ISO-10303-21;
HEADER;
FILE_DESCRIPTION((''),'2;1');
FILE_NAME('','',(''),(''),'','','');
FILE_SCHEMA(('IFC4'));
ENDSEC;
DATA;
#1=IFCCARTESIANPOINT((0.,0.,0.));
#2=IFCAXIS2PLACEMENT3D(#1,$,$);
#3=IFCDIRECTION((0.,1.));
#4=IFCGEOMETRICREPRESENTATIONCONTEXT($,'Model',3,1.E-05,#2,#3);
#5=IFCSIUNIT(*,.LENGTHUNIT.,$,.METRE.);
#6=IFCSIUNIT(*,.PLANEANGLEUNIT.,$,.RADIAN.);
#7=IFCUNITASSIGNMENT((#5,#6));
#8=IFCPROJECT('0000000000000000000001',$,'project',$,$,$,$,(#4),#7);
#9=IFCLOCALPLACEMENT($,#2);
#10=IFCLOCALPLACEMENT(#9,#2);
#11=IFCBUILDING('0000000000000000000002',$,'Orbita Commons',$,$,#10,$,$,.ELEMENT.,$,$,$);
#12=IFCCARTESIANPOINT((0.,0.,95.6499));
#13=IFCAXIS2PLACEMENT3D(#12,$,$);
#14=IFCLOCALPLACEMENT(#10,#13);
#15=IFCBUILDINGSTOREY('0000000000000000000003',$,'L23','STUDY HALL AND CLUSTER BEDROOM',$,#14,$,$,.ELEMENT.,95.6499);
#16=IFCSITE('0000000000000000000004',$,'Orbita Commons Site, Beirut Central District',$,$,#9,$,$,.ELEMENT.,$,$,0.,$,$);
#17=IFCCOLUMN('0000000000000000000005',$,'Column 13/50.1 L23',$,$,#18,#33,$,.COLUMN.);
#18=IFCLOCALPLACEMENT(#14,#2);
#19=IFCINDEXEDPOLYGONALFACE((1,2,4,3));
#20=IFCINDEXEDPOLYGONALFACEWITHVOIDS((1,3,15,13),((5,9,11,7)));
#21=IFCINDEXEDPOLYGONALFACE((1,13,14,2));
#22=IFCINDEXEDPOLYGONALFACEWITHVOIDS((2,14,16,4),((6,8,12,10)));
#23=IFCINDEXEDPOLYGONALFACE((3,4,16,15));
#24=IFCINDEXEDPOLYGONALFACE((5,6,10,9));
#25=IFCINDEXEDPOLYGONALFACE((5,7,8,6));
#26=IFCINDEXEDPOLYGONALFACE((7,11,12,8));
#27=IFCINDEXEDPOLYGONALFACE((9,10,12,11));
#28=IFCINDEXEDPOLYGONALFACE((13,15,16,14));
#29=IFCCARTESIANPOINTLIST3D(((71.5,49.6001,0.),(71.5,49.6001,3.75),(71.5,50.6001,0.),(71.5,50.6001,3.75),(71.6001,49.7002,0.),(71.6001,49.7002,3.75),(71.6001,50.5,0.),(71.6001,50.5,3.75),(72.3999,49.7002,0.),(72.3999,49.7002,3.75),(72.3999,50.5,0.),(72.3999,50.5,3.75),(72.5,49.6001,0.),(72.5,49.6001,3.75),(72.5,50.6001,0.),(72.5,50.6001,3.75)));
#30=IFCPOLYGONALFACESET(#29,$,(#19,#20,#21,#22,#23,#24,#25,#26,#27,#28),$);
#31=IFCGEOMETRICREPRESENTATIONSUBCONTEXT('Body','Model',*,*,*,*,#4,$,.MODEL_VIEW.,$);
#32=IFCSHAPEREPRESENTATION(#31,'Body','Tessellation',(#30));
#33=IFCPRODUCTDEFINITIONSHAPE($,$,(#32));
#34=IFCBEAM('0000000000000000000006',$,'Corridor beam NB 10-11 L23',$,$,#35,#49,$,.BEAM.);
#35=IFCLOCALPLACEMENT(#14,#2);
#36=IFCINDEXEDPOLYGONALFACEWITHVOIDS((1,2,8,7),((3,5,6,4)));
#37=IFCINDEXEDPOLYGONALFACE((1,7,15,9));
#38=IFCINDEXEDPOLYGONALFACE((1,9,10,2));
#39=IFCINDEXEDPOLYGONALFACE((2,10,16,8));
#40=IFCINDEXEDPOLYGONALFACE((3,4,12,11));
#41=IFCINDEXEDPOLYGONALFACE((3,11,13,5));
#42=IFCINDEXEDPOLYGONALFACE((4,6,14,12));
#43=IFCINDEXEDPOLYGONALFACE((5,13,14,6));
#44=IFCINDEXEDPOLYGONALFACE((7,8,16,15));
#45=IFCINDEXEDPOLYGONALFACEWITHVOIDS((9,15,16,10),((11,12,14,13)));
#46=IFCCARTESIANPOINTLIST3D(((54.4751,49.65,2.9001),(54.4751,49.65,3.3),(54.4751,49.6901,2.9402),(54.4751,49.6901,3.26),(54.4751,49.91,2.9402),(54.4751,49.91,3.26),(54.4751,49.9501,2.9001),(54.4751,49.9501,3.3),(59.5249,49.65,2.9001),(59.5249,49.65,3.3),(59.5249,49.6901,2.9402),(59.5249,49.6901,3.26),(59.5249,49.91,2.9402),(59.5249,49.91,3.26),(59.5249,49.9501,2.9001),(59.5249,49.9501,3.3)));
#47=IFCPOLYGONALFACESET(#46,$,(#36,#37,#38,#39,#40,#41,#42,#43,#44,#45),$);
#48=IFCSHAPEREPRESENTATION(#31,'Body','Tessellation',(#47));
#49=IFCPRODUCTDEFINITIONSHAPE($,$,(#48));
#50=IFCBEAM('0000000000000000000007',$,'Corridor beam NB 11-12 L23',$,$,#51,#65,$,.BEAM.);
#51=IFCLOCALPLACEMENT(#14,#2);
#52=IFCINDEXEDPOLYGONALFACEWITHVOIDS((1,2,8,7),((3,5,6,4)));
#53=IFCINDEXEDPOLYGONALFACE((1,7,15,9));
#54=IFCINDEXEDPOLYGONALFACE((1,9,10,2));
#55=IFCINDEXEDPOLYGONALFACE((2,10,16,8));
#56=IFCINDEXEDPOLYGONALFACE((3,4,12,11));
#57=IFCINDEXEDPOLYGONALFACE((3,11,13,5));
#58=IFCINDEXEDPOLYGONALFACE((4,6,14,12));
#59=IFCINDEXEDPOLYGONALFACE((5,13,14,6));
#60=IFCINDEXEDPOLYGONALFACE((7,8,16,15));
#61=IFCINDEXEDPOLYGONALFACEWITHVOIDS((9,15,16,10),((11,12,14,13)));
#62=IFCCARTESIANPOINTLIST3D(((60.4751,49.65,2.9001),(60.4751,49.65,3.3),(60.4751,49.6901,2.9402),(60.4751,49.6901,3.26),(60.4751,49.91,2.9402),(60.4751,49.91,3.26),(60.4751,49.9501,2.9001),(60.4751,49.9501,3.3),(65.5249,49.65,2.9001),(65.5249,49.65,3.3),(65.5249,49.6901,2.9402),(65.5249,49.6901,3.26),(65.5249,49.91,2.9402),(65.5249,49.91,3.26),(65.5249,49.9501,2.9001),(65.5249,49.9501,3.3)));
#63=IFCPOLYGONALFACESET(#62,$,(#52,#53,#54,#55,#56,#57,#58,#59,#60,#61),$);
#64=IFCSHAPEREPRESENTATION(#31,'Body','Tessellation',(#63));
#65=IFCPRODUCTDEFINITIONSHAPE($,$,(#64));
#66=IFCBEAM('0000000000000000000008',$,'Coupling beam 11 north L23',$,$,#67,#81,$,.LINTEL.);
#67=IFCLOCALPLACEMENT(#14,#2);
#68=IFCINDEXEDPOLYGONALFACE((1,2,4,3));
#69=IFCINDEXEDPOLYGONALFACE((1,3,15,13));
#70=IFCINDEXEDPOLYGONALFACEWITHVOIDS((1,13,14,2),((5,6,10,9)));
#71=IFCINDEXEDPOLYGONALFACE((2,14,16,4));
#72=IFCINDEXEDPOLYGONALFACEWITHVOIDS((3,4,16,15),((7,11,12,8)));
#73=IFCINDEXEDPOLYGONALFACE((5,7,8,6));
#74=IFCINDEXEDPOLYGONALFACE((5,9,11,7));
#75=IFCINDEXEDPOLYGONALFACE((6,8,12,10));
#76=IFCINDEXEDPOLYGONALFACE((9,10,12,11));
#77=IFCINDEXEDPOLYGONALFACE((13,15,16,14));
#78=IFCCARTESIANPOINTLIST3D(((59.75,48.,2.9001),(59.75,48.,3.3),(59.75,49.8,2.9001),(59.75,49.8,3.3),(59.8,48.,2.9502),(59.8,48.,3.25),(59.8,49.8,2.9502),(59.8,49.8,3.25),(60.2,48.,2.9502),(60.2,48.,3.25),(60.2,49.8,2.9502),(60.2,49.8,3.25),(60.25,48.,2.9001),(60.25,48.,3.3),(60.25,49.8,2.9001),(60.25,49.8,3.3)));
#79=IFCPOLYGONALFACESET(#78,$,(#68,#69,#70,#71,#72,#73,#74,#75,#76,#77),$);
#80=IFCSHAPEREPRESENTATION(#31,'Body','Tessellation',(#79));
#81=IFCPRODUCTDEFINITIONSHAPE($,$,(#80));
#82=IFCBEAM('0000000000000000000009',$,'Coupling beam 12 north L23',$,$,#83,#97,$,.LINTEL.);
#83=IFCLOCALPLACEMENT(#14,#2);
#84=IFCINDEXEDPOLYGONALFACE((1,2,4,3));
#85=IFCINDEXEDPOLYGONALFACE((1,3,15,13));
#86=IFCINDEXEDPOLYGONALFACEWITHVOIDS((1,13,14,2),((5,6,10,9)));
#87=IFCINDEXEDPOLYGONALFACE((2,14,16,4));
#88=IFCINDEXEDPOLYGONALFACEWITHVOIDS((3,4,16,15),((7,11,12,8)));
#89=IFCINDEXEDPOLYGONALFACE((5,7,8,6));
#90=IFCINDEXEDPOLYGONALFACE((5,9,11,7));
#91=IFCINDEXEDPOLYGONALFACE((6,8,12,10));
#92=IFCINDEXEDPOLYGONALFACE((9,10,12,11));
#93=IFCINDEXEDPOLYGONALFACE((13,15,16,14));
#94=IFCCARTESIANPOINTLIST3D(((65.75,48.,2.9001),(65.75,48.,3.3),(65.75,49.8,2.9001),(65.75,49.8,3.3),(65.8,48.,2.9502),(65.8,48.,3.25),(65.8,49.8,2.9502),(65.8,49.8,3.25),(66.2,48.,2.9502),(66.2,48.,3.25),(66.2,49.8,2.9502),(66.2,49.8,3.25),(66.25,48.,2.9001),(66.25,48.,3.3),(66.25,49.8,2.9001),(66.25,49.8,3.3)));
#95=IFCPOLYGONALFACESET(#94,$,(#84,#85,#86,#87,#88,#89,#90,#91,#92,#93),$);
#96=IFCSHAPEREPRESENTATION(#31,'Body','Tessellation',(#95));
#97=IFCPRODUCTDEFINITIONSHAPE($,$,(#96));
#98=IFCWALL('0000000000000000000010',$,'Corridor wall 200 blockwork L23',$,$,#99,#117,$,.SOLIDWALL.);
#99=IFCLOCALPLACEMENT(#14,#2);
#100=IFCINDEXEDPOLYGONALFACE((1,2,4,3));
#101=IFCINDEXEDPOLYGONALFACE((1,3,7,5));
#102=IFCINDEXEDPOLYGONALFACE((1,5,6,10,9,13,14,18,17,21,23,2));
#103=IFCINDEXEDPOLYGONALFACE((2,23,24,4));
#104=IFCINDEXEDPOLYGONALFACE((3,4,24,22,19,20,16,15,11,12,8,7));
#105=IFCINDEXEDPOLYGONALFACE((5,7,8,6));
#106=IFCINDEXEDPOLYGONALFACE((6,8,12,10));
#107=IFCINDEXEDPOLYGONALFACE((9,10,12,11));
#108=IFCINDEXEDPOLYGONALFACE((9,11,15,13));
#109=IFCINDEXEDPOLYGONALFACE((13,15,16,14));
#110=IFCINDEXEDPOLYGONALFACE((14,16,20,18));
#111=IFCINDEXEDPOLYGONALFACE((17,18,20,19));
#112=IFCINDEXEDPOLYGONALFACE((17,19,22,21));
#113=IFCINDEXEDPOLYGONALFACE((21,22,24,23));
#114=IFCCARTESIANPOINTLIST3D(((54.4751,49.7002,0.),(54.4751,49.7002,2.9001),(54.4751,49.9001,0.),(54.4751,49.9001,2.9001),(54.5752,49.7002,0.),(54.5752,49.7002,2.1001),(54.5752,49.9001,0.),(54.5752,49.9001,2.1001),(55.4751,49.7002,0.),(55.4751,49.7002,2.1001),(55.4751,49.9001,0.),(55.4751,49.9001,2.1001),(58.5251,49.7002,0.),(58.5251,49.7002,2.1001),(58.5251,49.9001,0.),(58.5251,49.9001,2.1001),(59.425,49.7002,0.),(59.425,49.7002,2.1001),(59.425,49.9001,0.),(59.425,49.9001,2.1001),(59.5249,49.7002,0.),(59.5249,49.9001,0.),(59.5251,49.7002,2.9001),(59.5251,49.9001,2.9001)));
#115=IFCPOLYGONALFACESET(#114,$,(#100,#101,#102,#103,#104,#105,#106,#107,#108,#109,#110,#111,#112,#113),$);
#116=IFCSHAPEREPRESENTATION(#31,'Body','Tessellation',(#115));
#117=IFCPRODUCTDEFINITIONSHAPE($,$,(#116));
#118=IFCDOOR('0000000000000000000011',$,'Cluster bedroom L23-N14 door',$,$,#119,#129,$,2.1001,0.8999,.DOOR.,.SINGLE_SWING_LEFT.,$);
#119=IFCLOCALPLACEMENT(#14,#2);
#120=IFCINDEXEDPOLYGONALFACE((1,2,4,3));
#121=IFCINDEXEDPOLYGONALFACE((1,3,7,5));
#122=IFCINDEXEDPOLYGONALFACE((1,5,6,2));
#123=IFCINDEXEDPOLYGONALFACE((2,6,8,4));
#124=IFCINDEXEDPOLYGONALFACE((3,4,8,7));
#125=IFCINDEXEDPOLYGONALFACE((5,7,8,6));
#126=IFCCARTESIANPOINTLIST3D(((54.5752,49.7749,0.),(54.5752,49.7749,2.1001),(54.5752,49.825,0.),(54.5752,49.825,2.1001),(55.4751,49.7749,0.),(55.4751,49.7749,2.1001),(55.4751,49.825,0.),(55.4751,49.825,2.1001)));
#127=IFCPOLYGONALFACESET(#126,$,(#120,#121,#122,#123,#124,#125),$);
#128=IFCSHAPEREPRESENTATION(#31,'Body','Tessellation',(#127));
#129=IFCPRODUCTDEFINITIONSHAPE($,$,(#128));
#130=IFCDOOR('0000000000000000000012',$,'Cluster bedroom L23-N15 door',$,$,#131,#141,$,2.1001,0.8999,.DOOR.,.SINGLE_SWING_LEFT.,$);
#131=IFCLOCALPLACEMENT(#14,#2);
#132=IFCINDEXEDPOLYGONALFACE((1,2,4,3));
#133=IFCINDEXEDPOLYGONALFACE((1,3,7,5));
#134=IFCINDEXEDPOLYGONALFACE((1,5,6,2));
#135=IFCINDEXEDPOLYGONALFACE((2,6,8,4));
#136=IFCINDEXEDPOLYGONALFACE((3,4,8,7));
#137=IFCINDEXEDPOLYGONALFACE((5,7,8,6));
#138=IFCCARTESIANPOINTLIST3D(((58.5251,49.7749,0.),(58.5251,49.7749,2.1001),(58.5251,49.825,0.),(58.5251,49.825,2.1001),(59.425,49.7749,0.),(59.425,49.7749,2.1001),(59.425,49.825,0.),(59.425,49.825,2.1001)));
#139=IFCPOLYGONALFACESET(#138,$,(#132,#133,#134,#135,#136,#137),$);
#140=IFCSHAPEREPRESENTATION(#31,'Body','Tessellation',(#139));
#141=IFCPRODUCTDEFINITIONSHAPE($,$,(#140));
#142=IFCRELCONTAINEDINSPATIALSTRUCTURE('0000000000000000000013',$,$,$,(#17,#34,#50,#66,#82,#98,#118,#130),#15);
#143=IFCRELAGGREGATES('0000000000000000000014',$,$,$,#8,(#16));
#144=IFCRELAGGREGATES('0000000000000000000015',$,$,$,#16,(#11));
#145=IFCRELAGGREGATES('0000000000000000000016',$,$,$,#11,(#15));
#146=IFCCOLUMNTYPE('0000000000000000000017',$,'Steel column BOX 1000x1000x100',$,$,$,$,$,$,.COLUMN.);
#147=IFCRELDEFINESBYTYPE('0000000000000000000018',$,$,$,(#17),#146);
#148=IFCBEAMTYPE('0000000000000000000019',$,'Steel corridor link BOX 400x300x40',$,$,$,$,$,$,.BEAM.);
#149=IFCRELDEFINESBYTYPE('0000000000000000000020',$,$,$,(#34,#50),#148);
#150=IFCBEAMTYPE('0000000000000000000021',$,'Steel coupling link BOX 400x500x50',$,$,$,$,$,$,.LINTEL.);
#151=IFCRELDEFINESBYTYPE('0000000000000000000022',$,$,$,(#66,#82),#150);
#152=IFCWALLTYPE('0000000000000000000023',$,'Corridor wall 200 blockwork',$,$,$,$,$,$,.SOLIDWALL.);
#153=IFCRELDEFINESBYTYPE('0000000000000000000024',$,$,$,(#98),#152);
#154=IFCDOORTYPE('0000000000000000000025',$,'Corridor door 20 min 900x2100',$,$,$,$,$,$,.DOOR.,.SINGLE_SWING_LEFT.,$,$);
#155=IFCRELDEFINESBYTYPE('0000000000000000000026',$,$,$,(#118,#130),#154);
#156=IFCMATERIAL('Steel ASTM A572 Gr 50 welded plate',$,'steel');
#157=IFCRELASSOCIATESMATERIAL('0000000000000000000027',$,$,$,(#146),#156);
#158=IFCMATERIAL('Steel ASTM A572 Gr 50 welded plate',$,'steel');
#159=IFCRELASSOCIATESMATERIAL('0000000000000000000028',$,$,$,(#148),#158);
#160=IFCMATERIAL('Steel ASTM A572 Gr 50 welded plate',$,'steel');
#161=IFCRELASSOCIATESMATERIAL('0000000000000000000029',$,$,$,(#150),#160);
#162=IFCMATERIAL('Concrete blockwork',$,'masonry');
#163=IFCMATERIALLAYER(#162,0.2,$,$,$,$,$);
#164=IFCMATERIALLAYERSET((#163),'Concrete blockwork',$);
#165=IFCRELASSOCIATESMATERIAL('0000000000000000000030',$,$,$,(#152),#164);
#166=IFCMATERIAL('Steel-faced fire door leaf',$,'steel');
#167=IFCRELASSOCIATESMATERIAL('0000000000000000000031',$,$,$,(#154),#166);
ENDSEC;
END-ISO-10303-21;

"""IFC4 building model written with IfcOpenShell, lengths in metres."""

from ifc_helpers import new_model, si_unit, direction, frame, frame_2d, origin, origin_2d, place, context, subcontext, project, spatial, polyline, rectangle, hollow_rectangle, outline, extrude, material, layer, layer_set, material_profile, profile_set, type_object, element, fill, save


model = new_model("IFC4")

# Units and contexts
model_context = context("Model", 3, precision=1e-05, world=origin(), true_north=direction((0.0, 1.0)))
body_context = subcontext(model_context, "Body", "Model", "MODEL_VIEW")
ifc_project = project(units=[si_unit("LENGTHUNIT", "METRE"), si_unit("PLANEANGLEUNIT", "RADIAN")], contexts=[model_context])

# Site, building, storey
site_placement = place(None, origin())
site = spatial("IfcSite", under=ifc_project, at=site_placement, Name="Orbita Commons Site, Beirut Central District", CompositionType="ELEMENT", RefElevation=0.0)
building_placement = place(site_placement, origin())
building = spatial("IfcBuilding", under=site, at=building_placement, Name="Orbita Commons", CompositionType="ELEMENT")
storey_placement = place(building_placement, frame((0.0, 0.0, 95.6499)))
storey = spatial("IfcBuildingStorey", under=building, at=storey_placement, Name="L23", Description="STUDY HALL AND CLUSTER BEDROOM", CompositionType="ELEMENT", Elevation=95.6499)

# Column
ifc_material_1 = material(Name="Steel ASTM A572 Gr 50 welded plate", Category="steel")
ifc_material_profile_1 = material_profile(ifc_material_1, hollow_rectangle(XDim=1.0, YDim=1.0, WallThickness=0.1001, at=origin_2d()), Name="BOX 1000x1000x100")
ifc_profile_set_1 = profile_set([ifc_material_profile_1], Name="Steel ASTM A572 Gr 50 welded plate")
column_type = type_object("IfcColumnType", Name="Steel column BOX 1000x1000x100", PredefinedType="COLUMN", material=ifc_profile_set_1)
column_placement = place(storey_placement, frame((72.0, 50.1001, 0.0), z_axis=(0.0, 0.0, 1.0), x_axis=(1.0, 0.0, 0.0)))
element("IfcColumn", 1, at=column_placement, inside=storey, type_object=column_type, Name="Column 13/50.1 L23", PredefinedType="COLUMN", context=body_context, shape_type="SweptSolid", body=[
    extrude(hollow_rectangle(XDim=1.0, YDim=1.0, WallThickness=0.1001, at=origin_2d()), origin(), (0.0, 0.0, 1.0), 3.75),
])

# Beams
ifc_material_2 = material(Name="Steel ASTM A572 Gr 50 welded plate", Category="steel")
ifc_material_profile_2 = material_profile(ifc_material_2, hollow_rectangle(XDim=0.3, YDim=0.3999, WallThickness=0.04, at=origin_2d()), Name="BOX 400x300x40")
ifc_profile_set_2 = profile_set([ifc_material_profile_2], Name="Steel ASTM A572 Gr 50 welded plate")
beam_type_1 = type_object("IfcBeamType", Name="Steel corridor link BOX 400x300x40", PredefinedType="BEAM", material=ifc_profile_set_2)
for number, where, z_axis, x_axis, name in (
    (2, (54.4751, 49.8, 3.1001), (1.0, 0.0, 0.0), (0.0, 1.0, 0.0), "Corridor beam NB 10-11 L23"),
    (3, (60.4751, 49.8, 3.1001), (1.0, 0.0, 0.0), (0.0, 1.0, 0.0), "Corridor beam NB 11-12 L23"),
):
    element("IfcBeam", number, at=place(storey_placement, frame(where, z_axis=z_axis, x_axis=x_axis)), inside=storey, type_object=beam_type_1, Name=name, PredefinedType="BEAM", context=body_context, shape_type="SweptSolid", body=[
        extrude(hollow_rectangle(XDim=0.3, YDim=0.3999, WallThickness=0.04, at=origin_2d()), origin(), (0.0, 0.0, 1.0), 5.0498),
    ])
ifc_material_3 = material(Name="Steel ASTM A572 Gr 50 welded plate", Category="steel")
ifc_material_profile_3 = material_profile(ifc_material_3, hollow_rectangle(XDim=0.5, YDim=0.3999, WallThickness=0.05, at=origin_2d()), Name="BOX 400x500x50")
ifc_profile_set_3 = profile_set([ifc_material_profile_3], Name="Steel ASTM A572 Gr 50 welded plate")
beam_type_2 = type_object("IfcBeamType", Name="Steel coupling link BOX 400x500x50", PredefinedType="LINTEL", material=ifc_profile_set_3)
for number, where, z_axis, x_axis, name in (
    (4, (60.0, 48.0, 3.1001), (0.0, 1.0, 0.0), (-1.0, 0.0, 0.0), "Coupling beam 11 north L23"),
    (5, (66.0, 48.0, 3.1001), (0.0, 1.0, 0.0), (-1.0, 0.0, 0.0), "Coupling beam 12 north L23"),
):
    element("IfcBeam", number, at=place(storey_placement, frame(where, z_axis=z_axis, x_axis=x_axis)), inside=storey, type_object=beam_type_2, Name=name, PredefinedType="LINTEL", context=body_context, shape_type="SweptSolid", body=[
        extrude(hollow_rectangle(XDim=0.5, YDim=0.3999, WallThickness=0.05, at=origin_2d()), origin(), (0.0, 0.0, 1.0), 1.8),
    ])

# Wall, openings, doors
ifc_material_4 = material(Name="Concrete blockwork", Category="masonry")
ifc_layer_1 = layer(ifc_material_4, 0.2)
ifc_layer_set_1 = layer_set([ifc_layer_1], Name="Concrete blockwork")
wall_type_1 = type_object("IfcWallType", Name="Corridor wall 200 blockwork", PredefinedType="SOLIDWALL", material=ifc_layer_set_1)
wall_1_placement = place(storey_placement, frame((54.4751, 49.8, 0.0), z_axis=(0.0, 0.0, 1.0), x_axis=(1.0, 0.0, 0.0)))
wall_1 = element("IfcWall", 6, at=wall_1_placement, inside=storey, type_object=wall_type_1, Name="Corridor wall 200 blockwork L23", PredefinedType="SOLIDWALL", context=body_context, shape_type="SweptSolid", body=[
    extrude(outline(polyline([(0.0, 0.0), (5.0498, 0.0), (5.05, 2.9001), (0.0, 2.9001), (0.0, 0.0)])), frame((0.0, 0.1001, 0.0), z_axis=(0.0, -1.0, 0.0), x_axis=(1.0, 0.0, 0.0)), (0.0, 0.0, 1.0), 0.2),
])
opening_1_placement = place(wall_1_placement, frame((0.1001, 0.0, 0.0)))
opening_1 = element("IfcOpeningElement", 7, at=opening_1_placement, cuts=wall_1, PredefinedType="OPENING", context=body_context, shape_type="SweptSolid", body=[
    extrude(rectangle(XDim=0.8999, YDim=2.1001, at=frame_2d((0.45, 1.05))), frame((0.0, 0.1099, 0.0), z_axis=(0.0, -1.0, 0.0), x_axis=(1.0, 0.0, 0.0)), (0.0, 0.0, 1.0), 0.22),
])
opening_2_placement = place(wall_1_placement, frame((4.05, 0.0, 0.0)))
opening_2 = element("IfcOpeningElement", 8, at=opening_2_placement, cuts=wall_1, PredefinedType="OPENING", context=body_context, shape_type="SweptSolid", body=[
    extrude(rectangle(XDim=0.8999, YDim=2.1001, at=frame_2d((0.45, 1.05))), frame((0.0, 0.1099, 0.0), z_axis=(0.0, -1.0, 0.0), x_axis=(1.0, 0.0, 0.0)), (0.0, 0.0, 1.0), 0.22),
])
ifc_material_5 = material(Name="Steel-faced fire door leaf", Category="steel")
door_type_1 = type_object("IfcDoorType", Name="Corridor door 20 min 900x2100", OperationType="SINGLE_SWING_LEFT", PredefinedType="DOOR", material=ifc_material_5)
door_1_placement = place(opening_1_placement, origin())
door_1 = element("IfcDoor", 9, at=door_1_placement, inside=storey, type_object=door_type_1, Name="Cluster bedroom L23-N14 door", OperationType="SINGLE_SWING_LEFT", OverallHeight=2.1001, OverallWidth=0.8999, PredefinedType="DOOR", context=body_context, shape_type="SweptSolid", body=[
    extrude(rectangle(XDim=0.8999, YDim=2.1001, at=frame_2d((0.45, 1.05))), frame((0.0, 0.0249, 0.0), z_axis=(0.0, -1.0, 0.0), x_axis=(1.0, 0.0, 0.0)), (0.0, 0.0, 1.0), 0.05),
])
fill(opening_1, door_1)
door_2_placement = place(opening_2_placement, origin())
door_2 = element("IfcDoor", 10, at=door_2_placement, inside=storey, type_object=door_type_1, Name="Cluster bedroom L23-N15 door", OperationType="SINGLE_SWING_LEFT", OverallHeight=2.1001, OverallWidth=0.8999, PredefinedType="DOOR", context=body_context, shape_type="SweptSolid", body=[
    extrude(rectangle(XDim=0.8999, YDim=2.1001, at=frame_2d((0.45, 1.05))), frame((0.0, 0.0249, 0.0), z_axis=(0.0, -1.0, 0.0), x_axis=(1.0, 0.0, 0.0)), (0.0, 0.0, 1.0), 0.05),
])
fill(opening_2, door_2)

save(model, "model.ifc")
